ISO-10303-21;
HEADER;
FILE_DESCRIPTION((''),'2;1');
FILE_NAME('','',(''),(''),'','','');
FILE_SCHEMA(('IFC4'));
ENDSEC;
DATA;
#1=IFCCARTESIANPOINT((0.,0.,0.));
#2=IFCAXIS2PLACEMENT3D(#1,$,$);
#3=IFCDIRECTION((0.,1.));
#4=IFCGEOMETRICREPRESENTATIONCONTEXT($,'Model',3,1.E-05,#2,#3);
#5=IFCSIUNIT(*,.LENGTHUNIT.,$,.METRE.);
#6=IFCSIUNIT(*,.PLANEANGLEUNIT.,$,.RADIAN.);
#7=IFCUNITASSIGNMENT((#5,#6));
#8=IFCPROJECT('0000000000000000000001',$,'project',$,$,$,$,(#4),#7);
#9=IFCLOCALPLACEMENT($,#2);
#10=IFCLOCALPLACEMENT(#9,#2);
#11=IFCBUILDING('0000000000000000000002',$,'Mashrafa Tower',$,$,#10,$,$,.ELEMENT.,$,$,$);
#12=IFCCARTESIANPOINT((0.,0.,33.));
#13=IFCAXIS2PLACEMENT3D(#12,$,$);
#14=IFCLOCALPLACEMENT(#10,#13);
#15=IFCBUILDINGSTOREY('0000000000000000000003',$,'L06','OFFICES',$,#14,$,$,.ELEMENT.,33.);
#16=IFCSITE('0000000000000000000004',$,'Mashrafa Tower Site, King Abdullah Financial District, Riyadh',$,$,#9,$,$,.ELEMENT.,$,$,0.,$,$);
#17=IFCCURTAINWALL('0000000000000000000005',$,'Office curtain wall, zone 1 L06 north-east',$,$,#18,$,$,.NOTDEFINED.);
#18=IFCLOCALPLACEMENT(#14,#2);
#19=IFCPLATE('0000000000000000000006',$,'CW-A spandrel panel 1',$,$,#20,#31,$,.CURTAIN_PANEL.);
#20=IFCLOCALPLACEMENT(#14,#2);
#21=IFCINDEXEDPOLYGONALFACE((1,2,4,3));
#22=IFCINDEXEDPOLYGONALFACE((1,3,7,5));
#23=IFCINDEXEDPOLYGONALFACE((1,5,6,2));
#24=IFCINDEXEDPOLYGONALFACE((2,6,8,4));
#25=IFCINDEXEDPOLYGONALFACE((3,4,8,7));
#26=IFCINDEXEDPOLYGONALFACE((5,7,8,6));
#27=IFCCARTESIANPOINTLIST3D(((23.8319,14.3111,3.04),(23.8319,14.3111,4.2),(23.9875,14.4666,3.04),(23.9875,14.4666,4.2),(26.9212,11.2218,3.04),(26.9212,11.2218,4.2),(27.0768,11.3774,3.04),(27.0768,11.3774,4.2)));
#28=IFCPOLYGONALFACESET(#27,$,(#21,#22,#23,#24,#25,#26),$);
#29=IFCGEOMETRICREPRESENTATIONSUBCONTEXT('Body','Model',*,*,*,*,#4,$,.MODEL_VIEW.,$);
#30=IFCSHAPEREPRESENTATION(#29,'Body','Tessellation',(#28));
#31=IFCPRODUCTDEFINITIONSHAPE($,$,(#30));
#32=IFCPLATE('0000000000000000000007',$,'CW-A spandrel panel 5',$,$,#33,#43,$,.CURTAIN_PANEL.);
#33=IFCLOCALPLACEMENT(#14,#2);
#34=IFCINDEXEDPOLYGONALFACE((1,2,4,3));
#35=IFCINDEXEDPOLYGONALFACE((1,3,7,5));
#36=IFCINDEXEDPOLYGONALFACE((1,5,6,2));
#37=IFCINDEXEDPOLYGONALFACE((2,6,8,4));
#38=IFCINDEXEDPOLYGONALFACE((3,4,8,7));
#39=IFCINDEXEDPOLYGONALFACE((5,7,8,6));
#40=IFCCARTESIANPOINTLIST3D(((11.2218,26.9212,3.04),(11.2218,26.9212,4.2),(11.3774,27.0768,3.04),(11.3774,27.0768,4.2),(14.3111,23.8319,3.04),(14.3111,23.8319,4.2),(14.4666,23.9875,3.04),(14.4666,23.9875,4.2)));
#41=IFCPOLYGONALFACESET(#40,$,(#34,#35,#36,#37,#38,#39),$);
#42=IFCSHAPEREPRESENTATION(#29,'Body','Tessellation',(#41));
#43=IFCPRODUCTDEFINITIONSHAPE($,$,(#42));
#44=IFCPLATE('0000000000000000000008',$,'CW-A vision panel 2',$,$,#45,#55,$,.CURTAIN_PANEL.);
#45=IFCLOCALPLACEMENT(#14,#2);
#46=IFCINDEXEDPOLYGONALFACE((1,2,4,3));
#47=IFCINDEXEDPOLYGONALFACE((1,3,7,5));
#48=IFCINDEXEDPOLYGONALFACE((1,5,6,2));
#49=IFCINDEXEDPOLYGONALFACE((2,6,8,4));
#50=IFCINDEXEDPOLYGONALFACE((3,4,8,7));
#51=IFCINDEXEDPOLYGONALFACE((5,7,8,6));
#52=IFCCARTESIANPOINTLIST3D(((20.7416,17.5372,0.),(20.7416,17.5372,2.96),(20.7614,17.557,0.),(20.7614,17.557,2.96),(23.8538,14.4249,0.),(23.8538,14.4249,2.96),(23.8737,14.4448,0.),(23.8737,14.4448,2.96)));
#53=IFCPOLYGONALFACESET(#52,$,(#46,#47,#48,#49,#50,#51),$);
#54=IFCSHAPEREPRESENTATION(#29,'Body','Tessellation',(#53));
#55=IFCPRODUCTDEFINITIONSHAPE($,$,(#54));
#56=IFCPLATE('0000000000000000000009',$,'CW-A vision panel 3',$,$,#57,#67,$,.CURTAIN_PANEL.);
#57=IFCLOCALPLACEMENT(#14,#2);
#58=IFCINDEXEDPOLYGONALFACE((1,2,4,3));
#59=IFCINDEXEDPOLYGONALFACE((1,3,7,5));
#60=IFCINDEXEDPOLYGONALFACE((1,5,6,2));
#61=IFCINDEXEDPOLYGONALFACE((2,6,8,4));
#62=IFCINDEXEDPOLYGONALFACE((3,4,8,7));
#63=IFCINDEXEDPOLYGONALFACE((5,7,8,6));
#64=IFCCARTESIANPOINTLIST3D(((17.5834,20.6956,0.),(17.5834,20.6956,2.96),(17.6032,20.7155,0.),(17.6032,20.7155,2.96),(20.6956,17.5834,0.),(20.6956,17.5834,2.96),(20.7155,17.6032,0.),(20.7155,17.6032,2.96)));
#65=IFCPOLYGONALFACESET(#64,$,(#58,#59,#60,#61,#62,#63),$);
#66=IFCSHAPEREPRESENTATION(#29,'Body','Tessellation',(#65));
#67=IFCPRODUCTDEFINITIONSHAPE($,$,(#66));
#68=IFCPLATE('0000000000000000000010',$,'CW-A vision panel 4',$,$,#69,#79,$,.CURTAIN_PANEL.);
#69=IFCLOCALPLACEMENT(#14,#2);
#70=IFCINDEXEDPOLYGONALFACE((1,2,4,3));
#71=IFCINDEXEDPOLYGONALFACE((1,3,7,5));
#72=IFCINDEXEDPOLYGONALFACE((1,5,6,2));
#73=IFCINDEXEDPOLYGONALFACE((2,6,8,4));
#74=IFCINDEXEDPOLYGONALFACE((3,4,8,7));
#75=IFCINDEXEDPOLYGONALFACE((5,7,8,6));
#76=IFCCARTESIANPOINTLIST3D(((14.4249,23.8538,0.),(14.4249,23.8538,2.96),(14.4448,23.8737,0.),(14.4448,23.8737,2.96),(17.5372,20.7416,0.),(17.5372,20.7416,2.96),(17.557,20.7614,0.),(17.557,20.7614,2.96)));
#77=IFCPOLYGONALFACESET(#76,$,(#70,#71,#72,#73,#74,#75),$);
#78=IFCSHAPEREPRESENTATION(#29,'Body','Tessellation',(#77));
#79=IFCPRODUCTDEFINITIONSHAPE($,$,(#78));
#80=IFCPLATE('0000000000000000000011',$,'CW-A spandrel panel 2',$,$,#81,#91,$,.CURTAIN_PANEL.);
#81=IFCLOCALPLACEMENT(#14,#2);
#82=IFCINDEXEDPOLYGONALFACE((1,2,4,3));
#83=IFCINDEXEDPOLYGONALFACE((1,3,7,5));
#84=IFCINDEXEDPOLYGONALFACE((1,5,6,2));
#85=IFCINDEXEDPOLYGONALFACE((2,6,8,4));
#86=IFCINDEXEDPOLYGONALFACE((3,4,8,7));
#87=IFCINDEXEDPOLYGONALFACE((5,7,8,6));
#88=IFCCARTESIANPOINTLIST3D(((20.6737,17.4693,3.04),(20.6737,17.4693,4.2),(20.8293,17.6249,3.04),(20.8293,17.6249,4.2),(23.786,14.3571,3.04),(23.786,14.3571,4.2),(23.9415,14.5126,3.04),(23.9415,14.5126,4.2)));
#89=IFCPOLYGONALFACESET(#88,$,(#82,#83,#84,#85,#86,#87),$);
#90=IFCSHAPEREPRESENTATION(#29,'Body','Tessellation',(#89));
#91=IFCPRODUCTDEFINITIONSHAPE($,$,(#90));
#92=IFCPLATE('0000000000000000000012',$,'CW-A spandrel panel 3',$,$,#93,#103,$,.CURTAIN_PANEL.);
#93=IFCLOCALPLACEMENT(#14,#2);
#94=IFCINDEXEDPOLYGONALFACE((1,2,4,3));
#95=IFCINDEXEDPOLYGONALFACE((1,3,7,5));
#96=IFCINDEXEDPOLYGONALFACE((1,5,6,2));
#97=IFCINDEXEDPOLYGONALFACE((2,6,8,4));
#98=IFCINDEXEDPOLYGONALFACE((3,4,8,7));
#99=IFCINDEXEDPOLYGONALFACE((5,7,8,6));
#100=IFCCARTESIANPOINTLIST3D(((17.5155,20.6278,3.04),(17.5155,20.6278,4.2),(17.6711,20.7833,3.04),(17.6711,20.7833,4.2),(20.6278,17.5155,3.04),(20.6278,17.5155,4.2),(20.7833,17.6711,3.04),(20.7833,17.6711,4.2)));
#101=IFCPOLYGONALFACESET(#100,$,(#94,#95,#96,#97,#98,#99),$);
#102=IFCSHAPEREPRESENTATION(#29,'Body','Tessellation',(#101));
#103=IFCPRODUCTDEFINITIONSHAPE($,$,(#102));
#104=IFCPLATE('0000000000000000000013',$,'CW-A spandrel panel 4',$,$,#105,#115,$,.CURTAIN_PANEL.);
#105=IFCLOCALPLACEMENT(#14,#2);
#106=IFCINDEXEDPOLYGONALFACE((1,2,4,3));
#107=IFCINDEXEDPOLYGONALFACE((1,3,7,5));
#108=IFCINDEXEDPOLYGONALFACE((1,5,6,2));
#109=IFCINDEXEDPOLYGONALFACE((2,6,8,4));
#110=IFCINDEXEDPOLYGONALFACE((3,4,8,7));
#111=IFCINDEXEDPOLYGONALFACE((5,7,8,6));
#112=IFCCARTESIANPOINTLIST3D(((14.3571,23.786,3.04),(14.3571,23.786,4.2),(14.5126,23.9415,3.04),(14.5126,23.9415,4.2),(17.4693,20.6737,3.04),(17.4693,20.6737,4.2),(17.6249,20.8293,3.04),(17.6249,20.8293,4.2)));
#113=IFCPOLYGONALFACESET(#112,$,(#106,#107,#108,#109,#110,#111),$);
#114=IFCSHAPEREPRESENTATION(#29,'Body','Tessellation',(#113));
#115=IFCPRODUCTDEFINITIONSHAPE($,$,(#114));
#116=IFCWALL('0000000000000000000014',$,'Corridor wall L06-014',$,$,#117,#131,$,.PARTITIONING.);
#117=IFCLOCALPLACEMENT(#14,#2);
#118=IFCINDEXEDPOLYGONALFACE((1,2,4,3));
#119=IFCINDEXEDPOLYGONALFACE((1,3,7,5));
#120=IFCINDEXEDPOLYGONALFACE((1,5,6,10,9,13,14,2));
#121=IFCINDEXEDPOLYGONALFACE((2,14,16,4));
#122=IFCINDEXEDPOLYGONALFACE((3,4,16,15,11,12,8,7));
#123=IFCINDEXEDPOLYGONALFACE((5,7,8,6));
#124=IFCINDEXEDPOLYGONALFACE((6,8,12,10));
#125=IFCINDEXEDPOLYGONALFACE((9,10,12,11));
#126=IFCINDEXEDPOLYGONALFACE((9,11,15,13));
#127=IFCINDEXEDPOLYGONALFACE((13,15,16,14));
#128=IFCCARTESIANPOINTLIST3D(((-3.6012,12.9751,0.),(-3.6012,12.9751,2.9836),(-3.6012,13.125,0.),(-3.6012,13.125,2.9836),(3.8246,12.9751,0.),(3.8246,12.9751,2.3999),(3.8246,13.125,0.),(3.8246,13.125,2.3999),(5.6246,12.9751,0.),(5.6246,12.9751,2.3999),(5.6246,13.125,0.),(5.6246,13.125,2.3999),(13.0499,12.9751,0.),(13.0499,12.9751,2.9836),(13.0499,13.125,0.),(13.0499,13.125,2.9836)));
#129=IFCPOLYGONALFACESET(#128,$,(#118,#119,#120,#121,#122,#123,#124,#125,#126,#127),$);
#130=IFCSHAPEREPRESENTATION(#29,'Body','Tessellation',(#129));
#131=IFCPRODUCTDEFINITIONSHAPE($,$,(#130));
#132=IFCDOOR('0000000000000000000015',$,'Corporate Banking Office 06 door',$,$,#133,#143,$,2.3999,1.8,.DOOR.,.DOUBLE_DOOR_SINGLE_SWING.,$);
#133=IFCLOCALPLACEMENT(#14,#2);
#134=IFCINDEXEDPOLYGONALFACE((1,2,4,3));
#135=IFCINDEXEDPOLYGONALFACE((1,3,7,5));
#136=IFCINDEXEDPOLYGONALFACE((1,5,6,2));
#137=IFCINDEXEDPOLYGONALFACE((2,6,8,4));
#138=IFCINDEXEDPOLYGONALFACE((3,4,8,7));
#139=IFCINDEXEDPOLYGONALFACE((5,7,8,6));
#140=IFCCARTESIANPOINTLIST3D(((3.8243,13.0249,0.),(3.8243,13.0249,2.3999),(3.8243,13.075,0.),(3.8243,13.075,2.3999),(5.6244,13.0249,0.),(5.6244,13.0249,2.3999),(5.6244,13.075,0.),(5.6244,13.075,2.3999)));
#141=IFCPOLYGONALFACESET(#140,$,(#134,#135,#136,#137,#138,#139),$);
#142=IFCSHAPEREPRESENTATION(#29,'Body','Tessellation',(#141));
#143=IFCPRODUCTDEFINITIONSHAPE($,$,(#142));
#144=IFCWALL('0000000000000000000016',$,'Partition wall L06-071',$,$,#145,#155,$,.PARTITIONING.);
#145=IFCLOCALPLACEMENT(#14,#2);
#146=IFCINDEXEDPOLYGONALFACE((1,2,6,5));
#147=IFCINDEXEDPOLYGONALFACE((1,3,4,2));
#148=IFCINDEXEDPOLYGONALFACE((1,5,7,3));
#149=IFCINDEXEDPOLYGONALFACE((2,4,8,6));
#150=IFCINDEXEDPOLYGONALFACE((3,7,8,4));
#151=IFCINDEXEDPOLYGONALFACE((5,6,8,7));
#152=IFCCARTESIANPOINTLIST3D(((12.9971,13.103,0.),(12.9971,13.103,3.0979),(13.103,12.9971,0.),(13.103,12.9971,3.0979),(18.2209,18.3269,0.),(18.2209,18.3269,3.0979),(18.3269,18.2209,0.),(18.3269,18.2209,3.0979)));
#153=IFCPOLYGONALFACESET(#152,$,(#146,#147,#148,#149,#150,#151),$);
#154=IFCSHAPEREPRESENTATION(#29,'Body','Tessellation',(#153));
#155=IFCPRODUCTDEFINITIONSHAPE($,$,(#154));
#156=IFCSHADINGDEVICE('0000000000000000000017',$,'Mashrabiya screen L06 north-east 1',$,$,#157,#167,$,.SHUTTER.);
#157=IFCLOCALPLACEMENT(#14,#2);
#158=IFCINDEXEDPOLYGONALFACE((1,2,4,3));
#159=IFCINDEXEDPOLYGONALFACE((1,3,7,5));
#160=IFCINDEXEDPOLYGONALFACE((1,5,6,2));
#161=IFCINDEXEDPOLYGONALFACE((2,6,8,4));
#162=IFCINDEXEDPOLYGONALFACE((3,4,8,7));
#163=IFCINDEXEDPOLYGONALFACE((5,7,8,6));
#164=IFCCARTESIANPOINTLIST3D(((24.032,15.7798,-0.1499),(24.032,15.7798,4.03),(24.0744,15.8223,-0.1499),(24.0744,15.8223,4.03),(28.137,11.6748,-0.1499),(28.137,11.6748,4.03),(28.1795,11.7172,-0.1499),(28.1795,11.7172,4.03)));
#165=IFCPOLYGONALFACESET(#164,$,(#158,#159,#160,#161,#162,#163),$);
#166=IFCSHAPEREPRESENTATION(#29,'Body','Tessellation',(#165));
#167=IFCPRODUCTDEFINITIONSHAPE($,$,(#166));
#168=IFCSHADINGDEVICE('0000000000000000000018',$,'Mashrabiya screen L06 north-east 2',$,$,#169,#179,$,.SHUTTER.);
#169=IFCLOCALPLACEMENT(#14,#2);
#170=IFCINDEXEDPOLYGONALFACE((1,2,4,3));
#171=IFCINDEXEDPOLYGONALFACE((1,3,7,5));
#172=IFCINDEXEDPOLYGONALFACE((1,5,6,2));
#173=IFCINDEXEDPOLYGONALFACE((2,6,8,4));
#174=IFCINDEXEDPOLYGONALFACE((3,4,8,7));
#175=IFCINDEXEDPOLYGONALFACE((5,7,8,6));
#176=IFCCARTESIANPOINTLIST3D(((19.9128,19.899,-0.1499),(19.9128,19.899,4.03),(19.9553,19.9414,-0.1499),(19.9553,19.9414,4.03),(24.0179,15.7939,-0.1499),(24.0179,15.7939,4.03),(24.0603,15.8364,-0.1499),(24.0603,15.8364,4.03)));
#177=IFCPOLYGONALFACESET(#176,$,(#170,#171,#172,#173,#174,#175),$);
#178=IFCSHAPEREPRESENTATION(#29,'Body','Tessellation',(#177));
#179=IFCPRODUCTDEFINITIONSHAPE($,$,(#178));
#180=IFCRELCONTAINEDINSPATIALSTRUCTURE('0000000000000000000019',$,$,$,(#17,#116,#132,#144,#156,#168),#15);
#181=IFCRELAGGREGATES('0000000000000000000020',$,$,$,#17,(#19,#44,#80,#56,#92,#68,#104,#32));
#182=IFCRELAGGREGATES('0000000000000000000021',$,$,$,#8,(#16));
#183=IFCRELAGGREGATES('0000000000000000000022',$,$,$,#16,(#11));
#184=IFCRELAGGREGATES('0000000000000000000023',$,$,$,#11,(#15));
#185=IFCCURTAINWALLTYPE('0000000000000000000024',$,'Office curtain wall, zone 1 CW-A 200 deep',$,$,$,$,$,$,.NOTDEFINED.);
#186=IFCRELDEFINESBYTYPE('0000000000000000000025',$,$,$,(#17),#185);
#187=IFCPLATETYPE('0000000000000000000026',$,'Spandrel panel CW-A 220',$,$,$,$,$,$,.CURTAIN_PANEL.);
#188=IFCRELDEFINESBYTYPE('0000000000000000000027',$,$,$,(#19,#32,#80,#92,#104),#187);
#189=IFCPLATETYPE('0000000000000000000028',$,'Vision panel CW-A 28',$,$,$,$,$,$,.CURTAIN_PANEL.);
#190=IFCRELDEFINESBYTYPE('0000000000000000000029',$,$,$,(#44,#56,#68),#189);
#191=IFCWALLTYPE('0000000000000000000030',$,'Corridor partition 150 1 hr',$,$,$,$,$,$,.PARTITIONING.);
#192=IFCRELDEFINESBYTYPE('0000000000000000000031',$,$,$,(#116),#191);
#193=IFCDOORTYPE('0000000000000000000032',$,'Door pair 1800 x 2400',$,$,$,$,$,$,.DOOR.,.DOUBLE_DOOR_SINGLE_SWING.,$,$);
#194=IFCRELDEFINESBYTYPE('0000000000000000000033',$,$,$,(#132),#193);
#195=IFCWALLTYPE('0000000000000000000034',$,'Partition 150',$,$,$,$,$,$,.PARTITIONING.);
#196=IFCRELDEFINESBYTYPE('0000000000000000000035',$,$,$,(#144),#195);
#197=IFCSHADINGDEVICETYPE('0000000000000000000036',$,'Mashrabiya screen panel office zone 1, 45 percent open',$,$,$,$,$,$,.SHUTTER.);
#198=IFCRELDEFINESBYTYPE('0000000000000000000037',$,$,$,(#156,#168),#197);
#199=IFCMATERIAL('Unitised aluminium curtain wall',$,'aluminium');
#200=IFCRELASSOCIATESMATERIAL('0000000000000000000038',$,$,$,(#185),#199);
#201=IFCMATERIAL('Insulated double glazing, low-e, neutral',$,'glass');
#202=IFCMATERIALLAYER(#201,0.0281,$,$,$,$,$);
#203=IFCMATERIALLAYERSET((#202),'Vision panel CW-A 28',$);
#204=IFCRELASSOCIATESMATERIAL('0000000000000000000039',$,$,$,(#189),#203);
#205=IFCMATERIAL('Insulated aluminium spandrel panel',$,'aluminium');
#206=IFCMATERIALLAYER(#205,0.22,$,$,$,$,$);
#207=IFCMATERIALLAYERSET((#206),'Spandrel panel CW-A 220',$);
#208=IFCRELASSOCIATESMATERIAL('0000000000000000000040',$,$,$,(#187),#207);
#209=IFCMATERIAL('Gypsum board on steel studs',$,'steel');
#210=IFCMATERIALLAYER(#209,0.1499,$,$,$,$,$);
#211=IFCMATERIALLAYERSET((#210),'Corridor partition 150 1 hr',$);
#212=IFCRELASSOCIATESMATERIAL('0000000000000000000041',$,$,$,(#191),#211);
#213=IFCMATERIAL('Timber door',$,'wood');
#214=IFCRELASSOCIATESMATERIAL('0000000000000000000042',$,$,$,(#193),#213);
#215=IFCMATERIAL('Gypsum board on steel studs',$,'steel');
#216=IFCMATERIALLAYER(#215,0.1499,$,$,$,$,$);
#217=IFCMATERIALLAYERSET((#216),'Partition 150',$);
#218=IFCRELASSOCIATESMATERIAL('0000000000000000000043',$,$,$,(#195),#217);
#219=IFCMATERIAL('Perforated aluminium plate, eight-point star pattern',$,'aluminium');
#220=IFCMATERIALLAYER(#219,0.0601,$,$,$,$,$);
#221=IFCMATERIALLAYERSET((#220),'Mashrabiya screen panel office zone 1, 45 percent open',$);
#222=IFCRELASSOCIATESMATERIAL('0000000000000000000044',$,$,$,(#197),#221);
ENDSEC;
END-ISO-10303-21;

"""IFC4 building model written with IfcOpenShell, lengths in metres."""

from ifc_helpers import new_model, si_unit, direction, frame, frame_2d, origin, origin_2d, place, context, subcontext, project, spatial, rectangle, extrude, source, transform, mapped, material, layer, layer_set, type_object, type_shapes, element, fill, aggregate, save


model = new_model("IFC4")

# Units and contexts
model_context = context("Model", 3, precision=1e-05, world=origin(), true_north=direction((0.0, 1.0)))
body_context = subcontext(model_context, "Body", "Model", "MODEL_VIEW")
ifc_project = project(units=[si_unit("LENGTHUNIT", "METRE"), si_unit("PLANEANGLEUNIT", "RADIAN")], contexts=[model_context])

# Site, building, storey
site_placement = place(None, origin())
site = spatial("IfcSite", under=ifc_project, at=site_placement, Name="Mashrafa Tower Site, King Abdullah Financial District, Riyadh", CompositionType="ELEMENT", RefElevation=0.0)
building_placement = place(site_placement, origin())
building = spatial("IfcBuilding", under=site, at=building_placement, Name="Mashrafa Tower", CompositionType="ELEMENT")
storey_placement = place(building_placement, frame((0.0, 0.0, 33.0)))
storey = spatial("IfcBuildingStorey", under=building, at=storey_placement, Name="L06", Description="OFFICES", CompositionType="ELEMENT", Elevation=33.0)

# Curtain wall, plates
ifc_material_1 = material(Name="Unitised aluminium curtain wall", Category="aluminium")
curtain_wall_type = type_object("IfcCurtainWallType", Name="Office curtain wall, zone 1 CW-A 200 deep", PredefinedType="NOTDEFINED", material=ifc_material_1)
curtain_wall_placement = place(storey_placement, origin())
curtain_wall = element("IfcCurtainWall", 1, at=curtain_wall_placement, inside=storey, type_object=curtain_wall_type, Name="Office curtain wall, zone 1 L06 north-east", PredefinedType="NOTDEFINED")
ifc_material_2 = material(Name="Insulated double glazing, low-e, neutral", Category="glass")
ifc_layer_1 = layer(ifc_material_2, 0.0281)
ifc_layer_set_1 = layer_set([ifc_layer_1], Name="Vision panel CW-A 28")
plate_type_1 = type_object("IfcPlateType", Name="Vision panel CW-A 28", PredefinedType="CURTAIN_PANEL", material=ifc_layer_set_1)
ifc_material_3 = material(Name="Insulated aluminium spandrel panel", Category="aluminium")
ifc_layer_2 = layer(ifc_material_3, 0.22)
ifc_layer_set_2 = layer_set([ifc_layer_2], Name="Spandrel panel CW-A 220")
plate_type_2 = type_object("IfcPlateType", Name="Spandrel panel CW-A 220", PredefinedType="CURTAIN_PANEL", material=ifc_layer_set_2)
shared_shape_1 = source(origin(), body_context, "Body", "SweptSolid", [
    extrude(rectangle(XDim=4.3689, YDim=0.22, at=origin_2d()), origin(), (0.0, 0.0, 1.0), 1.1599),
])
plate_1_placement = place(storey_placement, frame((25.4543, 12.8442, 3.04), z_axis=(0.0, 0.0, 1.0), x_axis=(-0.707107, 0.707107, 0.0)))
plate_1 = element("IfcPlate", 2, at=plate_1_placement, type_object=plate_type_2, Name="CW-A spandrel panel 1", PredefinedType="CURTAIN_PANEL", context=body_context, shape_type="MappedRepresentation", body=[
    mapped(shared_shape_1, transform((0.0, 0.0, 0.0))),
])
plate_2_placement = place(storey_placement, frame((12.8442, 25.4543, 3.04), z_axis=(0.0, 0.0, 1.0), x_axis=(-0.707107, 0.707107, 0.0)))
plate_2 = element("IfcPlate", 3, at=plate_2_placement, type_object=plate_type_2, Name="CW-A spandrel panel 5", PredefinedType="CURTAIN_PANEL", context=body_context, shape_type="MappedRepresentation", body=[
    mapped(shared_shape_1, transform((0.0, 0.0, 0.0))),
])
shared_shape_2 = source(origin(), body_context, "Body", "SweptSolid", [
    extrude(rectangle(XDim=4.4014, YDim=0.0281, at=origin_2d()), origin(), (0.0, 0.0, 1.0), 2.96),
])
plate_3_placement = place(storey_placement, frame((22.3076, 15.991, 0.0), z_axis=(0.0, 0.0, 1.0), x_axis=(-0.707107, 0.707107, 0.0)))
plate_3 = element("IfcPlate", 4, at=plate_3_placement, type_object=plate_type_1, Name="CW-A vision panel 2", PredefinedType="CURTAIN_PANEL", context=body_context, shape_type="MappedRepresentation", body=[
    mapped(shared_shape_2, transform((0.0, 0.0, 0.0))),
])
plate_4_placement = place(storey_placement, frame((19.1494, 19.1494, 0.0), z_axis=(0.0, 0.0, 1.0), x_axis=(-0.707107, 0.707107, 0.0)))
plate_4 = element("IfcPlate", 5, at=plate_4_placement, type_object=plate_type_1, Name="CW-A vision panel 3", PredefinedType="CURTAIN_PANEL", context=body_context, shape_type="MappedRepresentation", body=[
    mapped(shared_shape_2, transform((0.0, 0.0, 0.0))),
])
plate_5_placement = place(storey_placement, frame((15.991, 22.3076, 0.0), z_axis=(0.0, 0.0, 1.0), x_axis=(-0.707107, 0.707107, 0.0)))
plate_5 = element("IfcPlate", 6, at=plate_5_placement, type_object=plate_type_1, Name="CW-A vision panel 4", PredefinedType="CURTAIN_PANEL", context=body_context, shape_type="MappedRepresentation", body=[
    mapped(shared_shape_2, transform((0.0, 0.0, 0.0))),
])
shared_shape_3 = source(origin(), body_context, "Body", "SweptSolid", [
    extrude(rectangle(XDim=4.4014, YDim=0.22, at=origin_2d()), origin(), (0.0, 0.0, 1.0), 1.1599),
])
type_shapes(plate_type_2, [shared_shape_1, shared_shape_3])
plate_6_placement = place(storey_placement, frame((22.3076, 15.991, 3.04), z_axis=(0.0, 0.0, 1.0), x_axis=(-0.707107, 0.707107, 0.0)))
plate_6 = element("IfcPlate", 7, at=plate_6_placement, type_object=plate_type_2, Name="CW-A spandrel panel 2", PredefinedType="CURTAIN_PANEL", context=body_context, shape_type="MappedRepresentation", body=[
    mapped(shared_shape_3, transform((0.0, 0.0, 0.0))),
])
plate_7_placement = place(storey_placement, frame((19.1494, 19.1494, 3.04), z_axis=(0.0, 0.0, 1.0), x_axis=(-0.707107, 0.707107, 0.0)))
plate_7 = element("IfcPlate", 8, at=plate_7_placement, type_object=plate_type_2, Name="CW-A spandrel panel 3", PredefinedType="CURTAIN_PANEL", context=body_context, shape_type="MappedRepresentation", body=[
    mapped(shared_shape_3, transform((0.0, 0.0, 0.0))),
])
plate_8_placement = place(storey_placement, frame((15.991, 22.3076, 3.04), z_axis=(0.0, 0.0, 1.0), x_axis=(-0.707107, 0.707107, 0.0)))
plate_8 = element("IfcPlate", 9, at=plate_8_placement, type_object=plate_type_2, Name="CW-A spandrel panel 4", PredefinedType="CURTAIN_PANEL", context=body_context, shape_type="MappedRepresentation", body=[
    mapped(shared_shape_3, transform((0.0, 0.0, 0.0))),
])
aggregate(curtain_wall, [plate_1, plate_3, plate_6, plate_4, plate_7, plate_5, plate_8, plate_2])

# Wall, opening, door
ifc_material_4 = material(Name="Gypsum board on steel studs", Category="steel")
ifc_layer_3 = layer(ifc_material_4, 0.1499)
ifc_layer_set_3 = layer_set([ifc_layer_3], Name="Corridor partition 150 1 hr")
wall_type_1 = type_object("IfcWallType", Name="Corridor partition 150 1 hr", PredefinedType="PARTITIONING", material=ifc_layer_set_3)
wall_1_placement = place(storey_placement, frame((13.05, 13.05, 0.0), z_axis=(0.0, 0.0, 1.0), x_axis=(-1.0, 0.0, 0.0)))
wall_1 = element("IfcWall", 10, at=wall_1_placement, inside=storey, type_object=wall_type_1, Name="Corridor wall L06-014", PredefinedType="PARTITIONING", context=body_context, shape_type="SweptSolid", body=[
    extrude(rectangle(XDim=16.6511, YDim=0.1499, at=frame_2d((8.3257, 0.0))), origin(), (0.0, 0.0, 1.0), 2.9836),
])
opening_placement = place(wall_1_placement, frame((7.4255, 0.0, 0.0)))
opening = element("IfcOpeningElement", 11, at=opening_placement, cuts=wall_1, PredefinedType="OPENING", context=body_context, shape_type="SweptSolid", body=[
    extrude(rectangle(XDim=1.8, YDim=2.3999, at=frame_2d((0.8999, 1.2))), frame((0.0, 0.085, 0.0), z_axis=(0.0, -1.0, 0.0), x_axis=(1.0, 0.0, 0.0)), (0.0, 0.0, 1.0), 0.1699),
])
ifc_material_5 = material(Name="Timber door", Category="wood")
door_type = type_object("IfcDoorType", Name="Door pair 1800 x 2400", OperationType="DOUBLE_DOOR_SINGLE_SWING", PredefinedType="DOOR", material=ifc_material_5)
door_placement = place(opening_placement, frame((1.8, 0.0, 0.0), z_axis=(0.0, 0.0, 1.0), x_axis=(-1.0, 0.0, 0.0)))
door = element("IfcDoor", 12, at=door_placement, inside=storey, type_object=door_type, Name="Corporate Banking Office 06 door", OperationType="DOUBLE_DOOR_SINGLE_SWING", OverallHeight=2.3999, OverallWidth=1.8, PredefinedType="DOOR", context=body_context, shape_type="SweptSolid", body=[
    extrude(rectangle(XDim=1.8, YDim=2.3999, at=frame_2d((0.8999, 1.2))), frame((0.0, 0.0249, 0.0), z_axis=(0.0, -1.0, 0.0), x_axis=(1.0, 0.0, 0.0)), (0.0, 0.0, 1.0), 0.05),
])
fill(opening, door)

# Wall
ifc_material_6 = material(Name="Gypsum board on steel studs", Category="steel")
ifc_layer_4 = layer(ifc_material_6, 0.1499)
ifc_layer_set_4 = layer_set([ifc_layer_4], Name="Partition 150")
wall_type_2 = type_object("IfcWallType", Name="Partition 150", PredefinedType="PARTITIONING", material=ifc_layer_set_4)
wall_2_placement = place(storey_placement, frame((13.05, 13.05, 0.0), z_axis=(0.0, 0.0, 1.0), x_axis=(0.707107, 0.707107, 0.0)))
element("IfcWall", 13, at=wall_2_placement, inside=storey, type_object=wall_type_2, Name="Partition wall L06-071", PredefinedType="PARTITIONING", context=body_context, shape_type="SweptSolid", body=[
    extrude(rectangle(XDim=7.3877, YDim=0.1499, at=frame_2d((3.6938, 0.0))), origin(), (0.0, 0.0, 1.0), 3.0979),
])

# Shading devices
ifc_material_7 = material(Name="Perforated aluminium plate, eight-point star pattern", Category="aluminium")
ifc_layer_5 = layer(ifc_material_7, 0.0601)
ifc_layer_set_5 = layer_set([ifc_layer_5], Name="Mashrabiya screen panel office zone 1, 45 percent open")
shading_device_type = type_object("IfcShadingDeviceType", Name="Mashrabiya screen panel office zone 1, 45 percent open", PredefinedType="SHUTTER", material=ifc_layer_set_5)
shared_shape_4 = source(origin(), body_context, "Body", "SweptSolid", [
    extrude(rectangle(XDim=5.8054, YDim=0.0601, at=origin_2d()), origin(), (0.0, 0.0, 1.0), 4.1799),
])
type_shapes(shading_device_type, [shared_shape_4])
for number, where, z_axis, x_axis, name in (
    (14, (26.1057, 13.7485, -0.1499), (0.0, 0.0, 1.0), (-0.707107, 0.707107, 0.0), "Mashrabiya screen L06 north-east 1"),
    (15, (21.9866, 17.8677, -0.1499), (0.0, 0.0, 1.0), (-0.707107, 0.707107, 0.0), "Mashrabiya screen L06 north-east 2"),
):
    element("IfcShadingDevice", number, at=place(storey_placement, frame(where, z_axis=z_axis, x_axis=x_axis)), inside=storey, type_object=shading_device_type, Name=name, PredefinedType="SHUTTER", context=body_context, shape_type="MappedRepresentation", body=[
        mapped(shared_shape_4, transform((0.0, 0.0, 0.0))),
    ])

save(model, "model.ifc")
